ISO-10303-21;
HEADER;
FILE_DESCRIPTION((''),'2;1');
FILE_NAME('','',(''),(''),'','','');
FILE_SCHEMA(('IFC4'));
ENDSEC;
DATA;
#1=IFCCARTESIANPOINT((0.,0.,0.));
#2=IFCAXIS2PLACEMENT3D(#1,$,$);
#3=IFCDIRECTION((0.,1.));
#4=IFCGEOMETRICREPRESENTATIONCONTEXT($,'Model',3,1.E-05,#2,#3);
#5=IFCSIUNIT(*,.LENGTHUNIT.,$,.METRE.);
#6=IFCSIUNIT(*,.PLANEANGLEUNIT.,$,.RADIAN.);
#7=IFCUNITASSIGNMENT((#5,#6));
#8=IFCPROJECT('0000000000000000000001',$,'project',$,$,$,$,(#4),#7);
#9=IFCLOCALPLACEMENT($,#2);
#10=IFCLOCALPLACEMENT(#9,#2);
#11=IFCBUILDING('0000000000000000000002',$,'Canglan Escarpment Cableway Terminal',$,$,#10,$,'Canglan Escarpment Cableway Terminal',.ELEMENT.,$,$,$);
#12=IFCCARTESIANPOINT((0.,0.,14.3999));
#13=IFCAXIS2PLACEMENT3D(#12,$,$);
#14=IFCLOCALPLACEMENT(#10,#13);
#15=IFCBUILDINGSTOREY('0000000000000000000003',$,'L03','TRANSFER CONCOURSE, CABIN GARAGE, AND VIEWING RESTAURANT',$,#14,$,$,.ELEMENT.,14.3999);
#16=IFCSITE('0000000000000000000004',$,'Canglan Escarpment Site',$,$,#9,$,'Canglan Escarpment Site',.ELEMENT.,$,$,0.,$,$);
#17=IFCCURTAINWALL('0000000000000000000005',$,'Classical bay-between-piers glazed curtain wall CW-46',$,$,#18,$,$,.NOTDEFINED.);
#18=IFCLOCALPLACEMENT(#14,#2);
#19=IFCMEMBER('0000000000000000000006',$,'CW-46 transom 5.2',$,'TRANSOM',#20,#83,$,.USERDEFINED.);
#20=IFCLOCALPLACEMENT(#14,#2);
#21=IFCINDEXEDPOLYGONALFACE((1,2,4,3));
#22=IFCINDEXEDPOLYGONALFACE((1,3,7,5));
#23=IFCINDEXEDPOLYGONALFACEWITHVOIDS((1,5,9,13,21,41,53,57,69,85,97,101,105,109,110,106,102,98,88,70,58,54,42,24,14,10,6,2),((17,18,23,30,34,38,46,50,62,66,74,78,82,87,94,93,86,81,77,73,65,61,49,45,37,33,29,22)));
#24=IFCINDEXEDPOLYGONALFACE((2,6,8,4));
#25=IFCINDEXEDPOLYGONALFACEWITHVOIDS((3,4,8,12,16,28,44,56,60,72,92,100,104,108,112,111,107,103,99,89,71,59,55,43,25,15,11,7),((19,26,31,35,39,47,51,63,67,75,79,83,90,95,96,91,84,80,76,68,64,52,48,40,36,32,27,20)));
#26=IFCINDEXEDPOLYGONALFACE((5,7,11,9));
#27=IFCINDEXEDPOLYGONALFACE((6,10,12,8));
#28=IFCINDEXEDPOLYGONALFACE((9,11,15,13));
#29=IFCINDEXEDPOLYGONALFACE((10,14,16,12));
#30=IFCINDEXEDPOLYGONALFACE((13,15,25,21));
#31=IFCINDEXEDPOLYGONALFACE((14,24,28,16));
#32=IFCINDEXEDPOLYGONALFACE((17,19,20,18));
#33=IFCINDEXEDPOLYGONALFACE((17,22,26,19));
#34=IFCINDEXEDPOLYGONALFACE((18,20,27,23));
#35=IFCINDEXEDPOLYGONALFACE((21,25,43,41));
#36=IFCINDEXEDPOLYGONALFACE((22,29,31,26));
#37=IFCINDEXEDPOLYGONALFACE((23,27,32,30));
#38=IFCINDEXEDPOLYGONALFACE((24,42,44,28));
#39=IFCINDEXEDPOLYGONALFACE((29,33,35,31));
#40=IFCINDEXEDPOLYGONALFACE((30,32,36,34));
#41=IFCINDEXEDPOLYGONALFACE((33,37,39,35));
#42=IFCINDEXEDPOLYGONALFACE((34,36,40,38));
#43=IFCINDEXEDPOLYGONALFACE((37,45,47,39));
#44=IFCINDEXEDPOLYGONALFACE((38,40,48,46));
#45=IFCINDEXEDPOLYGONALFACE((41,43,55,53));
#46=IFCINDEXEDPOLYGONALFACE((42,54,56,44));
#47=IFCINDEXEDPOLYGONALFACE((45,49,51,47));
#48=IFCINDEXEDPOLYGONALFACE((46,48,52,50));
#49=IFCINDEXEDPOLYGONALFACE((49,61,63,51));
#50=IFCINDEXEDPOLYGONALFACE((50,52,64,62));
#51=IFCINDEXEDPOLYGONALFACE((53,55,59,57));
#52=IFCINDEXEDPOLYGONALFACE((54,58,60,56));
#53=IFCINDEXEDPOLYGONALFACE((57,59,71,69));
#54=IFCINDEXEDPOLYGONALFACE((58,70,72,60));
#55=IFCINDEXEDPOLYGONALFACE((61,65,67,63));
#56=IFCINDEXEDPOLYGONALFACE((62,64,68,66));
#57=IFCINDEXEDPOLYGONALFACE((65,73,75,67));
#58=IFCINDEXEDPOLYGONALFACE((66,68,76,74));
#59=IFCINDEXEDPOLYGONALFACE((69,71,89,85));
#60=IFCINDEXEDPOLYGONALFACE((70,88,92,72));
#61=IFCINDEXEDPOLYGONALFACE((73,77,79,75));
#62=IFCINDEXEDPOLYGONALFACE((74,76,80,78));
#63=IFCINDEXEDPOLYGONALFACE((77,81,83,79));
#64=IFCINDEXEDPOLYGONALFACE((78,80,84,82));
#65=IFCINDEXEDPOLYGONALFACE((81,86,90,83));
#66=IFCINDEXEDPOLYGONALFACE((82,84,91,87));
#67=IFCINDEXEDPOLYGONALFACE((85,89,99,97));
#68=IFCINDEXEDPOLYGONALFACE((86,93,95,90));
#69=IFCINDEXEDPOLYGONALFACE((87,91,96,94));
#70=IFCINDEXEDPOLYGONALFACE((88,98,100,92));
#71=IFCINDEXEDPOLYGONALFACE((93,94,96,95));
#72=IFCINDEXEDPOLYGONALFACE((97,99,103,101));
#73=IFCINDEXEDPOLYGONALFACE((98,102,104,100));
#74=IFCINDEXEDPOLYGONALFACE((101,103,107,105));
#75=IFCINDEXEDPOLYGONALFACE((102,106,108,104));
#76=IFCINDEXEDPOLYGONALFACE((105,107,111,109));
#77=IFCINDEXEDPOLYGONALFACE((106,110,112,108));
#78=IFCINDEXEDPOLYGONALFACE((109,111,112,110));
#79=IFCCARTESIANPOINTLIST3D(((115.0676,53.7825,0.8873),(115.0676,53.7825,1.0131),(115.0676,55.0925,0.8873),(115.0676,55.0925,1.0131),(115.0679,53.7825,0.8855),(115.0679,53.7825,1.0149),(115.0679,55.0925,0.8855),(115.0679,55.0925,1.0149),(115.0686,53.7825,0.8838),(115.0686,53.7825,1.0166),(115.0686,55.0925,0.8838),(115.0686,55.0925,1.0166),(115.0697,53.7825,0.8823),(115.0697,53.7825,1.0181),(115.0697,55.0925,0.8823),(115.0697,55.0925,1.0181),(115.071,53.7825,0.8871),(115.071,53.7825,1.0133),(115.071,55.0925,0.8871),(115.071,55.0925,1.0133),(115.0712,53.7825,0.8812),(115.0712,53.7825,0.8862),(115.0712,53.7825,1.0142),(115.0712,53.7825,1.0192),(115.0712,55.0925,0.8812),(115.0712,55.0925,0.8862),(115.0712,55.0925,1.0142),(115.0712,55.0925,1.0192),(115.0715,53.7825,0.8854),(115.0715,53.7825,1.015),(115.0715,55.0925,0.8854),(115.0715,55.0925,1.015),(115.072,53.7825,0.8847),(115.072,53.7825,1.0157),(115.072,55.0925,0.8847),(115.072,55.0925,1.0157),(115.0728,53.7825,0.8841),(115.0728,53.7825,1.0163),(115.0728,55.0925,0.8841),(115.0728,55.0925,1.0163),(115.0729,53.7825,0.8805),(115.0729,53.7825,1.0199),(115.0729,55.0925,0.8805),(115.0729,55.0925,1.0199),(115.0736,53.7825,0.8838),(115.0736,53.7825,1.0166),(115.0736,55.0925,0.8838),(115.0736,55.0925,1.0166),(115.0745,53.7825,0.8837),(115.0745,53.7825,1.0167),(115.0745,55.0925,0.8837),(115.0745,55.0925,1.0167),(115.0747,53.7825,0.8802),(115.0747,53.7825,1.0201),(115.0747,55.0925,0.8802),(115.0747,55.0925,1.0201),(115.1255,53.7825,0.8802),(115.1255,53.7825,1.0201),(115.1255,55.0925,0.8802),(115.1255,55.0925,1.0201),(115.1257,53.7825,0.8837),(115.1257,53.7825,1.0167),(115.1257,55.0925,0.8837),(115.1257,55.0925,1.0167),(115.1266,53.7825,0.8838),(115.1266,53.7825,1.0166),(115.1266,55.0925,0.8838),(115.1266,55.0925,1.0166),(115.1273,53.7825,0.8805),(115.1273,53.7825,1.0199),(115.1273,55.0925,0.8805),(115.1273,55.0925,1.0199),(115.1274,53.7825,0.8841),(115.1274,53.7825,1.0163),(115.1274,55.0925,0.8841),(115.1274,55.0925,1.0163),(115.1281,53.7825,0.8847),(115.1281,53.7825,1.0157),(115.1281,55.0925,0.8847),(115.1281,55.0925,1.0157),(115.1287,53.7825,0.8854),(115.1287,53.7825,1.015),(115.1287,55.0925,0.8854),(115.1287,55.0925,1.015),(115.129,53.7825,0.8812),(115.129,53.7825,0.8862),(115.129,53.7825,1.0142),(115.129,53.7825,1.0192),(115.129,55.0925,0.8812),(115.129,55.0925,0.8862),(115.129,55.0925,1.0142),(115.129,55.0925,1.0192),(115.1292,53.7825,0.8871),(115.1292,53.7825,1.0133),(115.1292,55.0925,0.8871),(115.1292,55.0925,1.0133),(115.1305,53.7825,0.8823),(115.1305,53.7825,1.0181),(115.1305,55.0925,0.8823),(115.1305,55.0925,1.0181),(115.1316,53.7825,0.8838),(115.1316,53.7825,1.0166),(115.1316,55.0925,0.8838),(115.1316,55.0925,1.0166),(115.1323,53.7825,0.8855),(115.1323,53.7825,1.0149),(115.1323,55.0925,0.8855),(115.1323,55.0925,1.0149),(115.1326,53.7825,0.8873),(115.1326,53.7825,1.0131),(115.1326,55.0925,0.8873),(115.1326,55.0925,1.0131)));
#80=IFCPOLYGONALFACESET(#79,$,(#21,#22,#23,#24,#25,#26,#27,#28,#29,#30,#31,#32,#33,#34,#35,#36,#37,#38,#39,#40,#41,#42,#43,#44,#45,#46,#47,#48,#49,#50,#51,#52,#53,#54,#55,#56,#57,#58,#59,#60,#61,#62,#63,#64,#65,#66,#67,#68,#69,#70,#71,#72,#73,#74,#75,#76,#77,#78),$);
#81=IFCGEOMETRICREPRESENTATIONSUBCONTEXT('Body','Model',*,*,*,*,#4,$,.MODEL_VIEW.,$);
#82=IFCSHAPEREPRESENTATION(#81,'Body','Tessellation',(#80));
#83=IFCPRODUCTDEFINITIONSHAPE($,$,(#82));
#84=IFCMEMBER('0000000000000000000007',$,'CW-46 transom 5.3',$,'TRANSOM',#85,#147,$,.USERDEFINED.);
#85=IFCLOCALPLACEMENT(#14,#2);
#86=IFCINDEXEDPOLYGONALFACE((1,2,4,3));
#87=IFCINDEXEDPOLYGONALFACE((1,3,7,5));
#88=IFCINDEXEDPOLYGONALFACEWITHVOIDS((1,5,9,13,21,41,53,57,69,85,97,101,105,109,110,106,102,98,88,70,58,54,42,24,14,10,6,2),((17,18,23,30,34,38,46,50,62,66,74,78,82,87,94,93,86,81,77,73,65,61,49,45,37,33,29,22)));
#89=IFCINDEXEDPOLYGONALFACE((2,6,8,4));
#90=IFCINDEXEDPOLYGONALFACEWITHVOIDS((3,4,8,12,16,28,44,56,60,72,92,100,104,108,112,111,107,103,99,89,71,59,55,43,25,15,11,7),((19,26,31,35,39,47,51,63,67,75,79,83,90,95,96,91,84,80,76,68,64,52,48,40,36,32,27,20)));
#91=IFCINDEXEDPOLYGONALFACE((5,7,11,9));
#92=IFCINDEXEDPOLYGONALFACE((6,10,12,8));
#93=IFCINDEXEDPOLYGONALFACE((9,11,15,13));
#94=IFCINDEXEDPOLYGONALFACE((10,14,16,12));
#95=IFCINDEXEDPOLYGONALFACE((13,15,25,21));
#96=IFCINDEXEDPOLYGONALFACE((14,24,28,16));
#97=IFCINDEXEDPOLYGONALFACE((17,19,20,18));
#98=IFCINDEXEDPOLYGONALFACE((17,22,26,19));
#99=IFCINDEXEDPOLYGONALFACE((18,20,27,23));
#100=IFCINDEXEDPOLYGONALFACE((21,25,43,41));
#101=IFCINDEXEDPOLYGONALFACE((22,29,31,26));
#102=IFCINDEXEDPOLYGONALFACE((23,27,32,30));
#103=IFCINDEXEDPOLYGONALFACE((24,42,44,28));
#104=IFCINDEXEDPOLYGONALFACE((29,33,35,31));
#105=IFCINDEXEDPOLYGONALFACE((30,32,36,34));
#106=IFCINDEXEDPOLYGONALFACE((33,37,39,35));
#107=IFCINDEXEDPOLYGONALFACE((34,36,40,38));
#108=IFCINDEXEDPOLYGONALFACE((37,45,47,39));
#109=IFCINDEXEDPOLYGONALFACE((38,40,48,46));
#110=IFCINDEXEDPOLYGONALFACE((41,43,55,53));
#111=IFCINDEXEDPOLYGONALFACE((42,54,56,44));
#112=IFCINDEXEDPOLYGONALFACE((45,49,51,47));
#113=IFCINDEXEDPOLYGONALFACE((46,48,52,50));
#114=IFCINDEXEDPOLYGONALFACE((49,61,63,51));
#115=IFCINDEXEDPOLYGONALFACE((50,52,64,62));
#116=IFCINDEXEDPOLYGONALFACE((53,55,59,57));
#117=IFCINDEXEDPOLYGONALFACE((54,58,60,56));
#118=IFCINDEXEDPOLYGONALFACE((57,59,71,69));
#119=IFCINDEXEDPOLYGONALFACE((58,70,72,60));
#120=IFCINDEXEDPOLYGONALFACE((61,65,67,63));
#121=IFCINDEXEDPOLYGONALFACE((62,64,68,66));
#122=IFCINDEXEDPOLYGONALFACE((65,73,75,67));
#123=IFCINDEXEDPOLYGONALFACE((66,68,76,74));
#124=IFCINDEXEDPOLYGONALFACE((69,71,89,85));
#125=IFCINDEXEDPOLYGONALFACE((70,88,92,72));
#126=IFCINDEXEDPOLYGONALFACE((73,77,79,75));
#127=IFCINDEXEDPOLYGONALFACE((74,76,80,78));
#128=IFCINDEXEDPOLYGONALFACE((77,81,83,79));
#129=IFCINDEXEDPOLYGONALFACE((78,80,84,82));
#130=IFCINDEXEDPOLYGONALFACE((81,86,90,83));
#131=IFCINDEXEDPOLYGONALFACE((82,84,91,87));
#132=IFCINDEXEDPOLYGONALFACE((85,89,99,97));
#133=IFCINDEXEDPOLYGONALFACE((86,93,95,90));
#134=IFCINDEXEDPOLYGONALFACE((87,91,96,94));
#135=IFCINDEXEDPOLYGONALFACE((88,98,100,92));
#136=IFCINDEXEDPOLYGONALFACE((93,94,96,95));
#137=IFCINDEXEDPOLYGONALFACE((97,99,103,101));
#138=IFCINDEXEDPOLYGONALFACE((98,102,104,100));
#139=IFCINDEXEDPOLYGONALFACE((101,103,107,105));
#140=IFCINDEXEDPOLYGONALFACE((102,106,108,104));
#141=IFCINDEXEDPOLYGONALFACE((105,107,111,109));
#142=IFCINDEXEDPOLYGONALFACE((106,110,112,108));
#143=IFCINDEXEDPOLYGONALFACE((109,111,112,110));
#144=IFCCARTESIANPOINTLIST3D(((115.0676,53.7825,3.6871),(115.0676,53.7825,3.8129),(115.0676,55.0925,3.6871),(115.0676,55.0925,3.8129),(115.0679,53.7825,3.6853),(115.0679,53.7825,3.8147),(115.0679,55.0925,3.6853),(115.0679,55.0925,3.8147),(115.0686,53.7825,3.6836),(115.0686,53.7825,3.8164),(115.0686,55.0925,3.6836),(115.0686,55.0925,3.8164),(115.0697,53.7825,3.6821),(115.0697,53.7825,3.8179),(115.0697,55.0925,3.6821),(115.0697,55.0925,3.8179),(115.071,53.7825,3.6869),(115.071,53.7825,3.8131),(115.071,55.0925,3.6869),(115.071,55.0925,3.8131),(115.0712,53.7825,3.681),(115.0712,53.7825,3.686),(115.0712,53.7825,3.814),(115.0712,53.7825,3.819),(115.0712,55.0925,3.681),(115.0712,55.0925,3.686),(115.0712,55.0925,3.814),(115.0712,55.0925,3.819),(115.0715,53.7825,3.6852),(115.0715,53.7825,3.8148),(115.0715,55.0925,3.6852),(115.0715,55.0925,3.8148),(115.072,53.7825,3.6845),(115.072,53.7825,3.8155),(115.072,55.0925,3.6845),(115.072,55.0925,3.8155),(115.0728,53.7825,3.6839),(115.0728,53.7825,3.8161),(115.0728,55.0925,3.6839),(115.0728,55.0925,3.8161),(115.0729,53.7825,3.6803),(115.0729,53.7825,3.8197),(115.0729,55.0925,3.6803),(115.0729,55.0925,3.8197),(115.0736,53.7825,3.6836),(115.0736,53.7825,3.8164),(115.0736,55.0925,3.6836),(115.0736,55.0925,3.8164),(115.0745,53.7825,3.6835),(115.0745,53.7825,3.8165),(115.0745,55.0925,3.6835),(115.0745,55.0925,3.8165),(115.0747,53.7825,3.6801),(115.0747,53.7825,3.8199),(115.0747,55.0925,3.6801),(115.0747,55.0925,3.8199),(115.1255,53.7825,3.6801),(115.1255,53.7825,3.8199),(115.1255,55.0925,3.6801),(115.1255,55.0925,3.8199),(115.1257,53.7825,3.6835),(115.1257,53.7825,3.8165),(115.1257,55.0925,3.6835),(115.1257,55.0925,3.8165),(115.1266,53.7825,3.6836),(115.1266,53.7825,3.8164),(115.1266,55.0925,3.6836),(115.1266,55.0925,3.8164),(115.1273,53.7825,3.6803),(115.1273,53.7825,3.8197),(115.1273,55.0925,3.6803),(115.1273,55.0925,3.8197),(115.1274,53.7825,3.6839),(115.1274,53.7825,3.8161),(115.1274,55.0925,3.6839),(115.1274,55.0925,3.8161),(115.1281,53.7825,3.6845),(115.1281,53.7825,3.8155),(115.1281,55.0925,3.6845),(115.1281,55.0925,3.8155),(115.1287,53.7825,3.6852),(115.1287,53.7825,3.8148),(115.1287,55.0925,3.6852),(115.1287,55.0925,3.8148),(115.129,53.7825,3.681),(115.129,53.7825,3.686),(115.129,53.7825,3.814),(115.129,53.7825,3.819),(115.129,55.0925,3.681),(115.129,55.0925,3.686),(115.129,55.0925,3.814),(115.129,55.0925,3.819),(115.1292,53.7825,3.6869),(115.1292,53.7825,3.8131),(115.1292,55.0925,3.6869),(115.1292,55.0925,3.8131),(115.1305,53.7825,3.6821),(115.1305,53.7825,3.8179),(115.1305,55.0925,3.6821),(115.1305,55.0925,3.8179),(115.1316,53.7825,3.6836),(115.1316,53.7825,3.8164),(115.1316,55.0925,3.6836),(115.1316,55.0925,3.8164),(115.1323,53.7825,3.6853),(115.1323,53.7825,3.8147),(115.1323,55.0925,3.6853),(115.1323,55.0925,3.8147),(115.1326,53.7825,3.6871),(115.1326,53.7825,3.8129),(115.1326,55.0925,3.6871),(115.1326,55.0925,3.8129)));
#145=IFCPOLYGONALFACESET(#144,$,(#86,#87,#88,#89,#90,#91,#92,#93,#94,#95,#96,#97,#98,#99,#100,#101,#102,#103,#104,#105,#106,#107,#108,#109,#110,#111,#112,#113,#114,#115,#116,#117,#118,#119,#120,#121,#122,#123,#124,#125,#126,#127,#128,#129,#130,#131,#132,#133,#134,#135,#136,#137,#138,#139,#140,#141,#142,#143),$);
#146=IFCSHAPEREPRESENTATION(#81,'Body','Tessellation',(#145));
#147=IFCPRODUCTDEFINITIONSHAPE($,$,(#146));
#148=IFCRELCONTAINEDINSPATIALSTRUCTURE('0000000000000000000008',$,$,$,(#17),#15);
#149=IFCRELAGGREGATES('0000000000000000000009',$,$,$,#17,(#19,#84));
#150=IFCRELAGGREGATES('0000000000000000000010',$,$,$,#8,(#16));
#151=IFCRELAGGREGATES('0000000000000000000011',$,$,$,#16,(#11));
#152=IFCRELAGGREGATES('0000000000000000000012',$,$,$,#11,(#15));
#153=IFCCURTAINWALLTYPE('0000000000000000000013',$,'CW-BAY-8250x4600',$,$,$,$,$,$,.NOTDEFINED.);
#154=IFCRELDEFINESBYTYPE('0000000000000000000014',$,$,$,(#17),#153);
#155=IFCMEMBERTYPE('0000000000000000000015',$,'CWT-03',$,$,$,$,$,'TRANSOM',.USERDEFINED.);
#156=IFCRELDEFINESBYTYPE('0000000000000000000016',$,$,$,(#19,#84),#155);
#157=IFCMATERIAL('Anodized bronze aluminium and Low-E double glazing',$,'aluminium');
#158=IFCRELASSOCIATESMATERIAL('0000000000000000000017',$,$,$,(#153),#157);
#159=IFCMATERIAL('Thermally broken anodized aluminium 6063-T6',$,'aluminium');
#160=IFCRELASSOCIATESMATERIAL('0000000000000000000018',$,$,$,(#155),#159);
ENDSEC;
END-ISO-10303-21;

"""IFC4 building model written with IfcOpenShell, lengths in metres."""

from ifc_helpers import new_model, si_unit, direction, frame, origin, origin_2d, place, context, subcontext, project, spatial, hollow_rectangle, extrude, material, material_profile, profile_set, type_object, element, aggregate, save


model = new_model("IFC4")

# Units and contexts
model_context = context("Model", 3, precision=1e-05, world=origin(), true_north=direction((0.0, 1.0)))
body_context = subcontext(model_context, "Body", "Model", "MODEL_VIEW")
ifc_project = project(units=[si_unit("LENGTHUNIT", "METRE"), si_unit("PLANEANGLEUNIT", "RADIAN")], contexts=[model_context])

# Site, building, storey
site_placement = place(None, origin())
site = spatial("IfcSite", under=ifc_project, at=site_placement, Name="Canglan Escarpment Site", LongName="Canglan Escarpment Site", CompositionType="ELEMENT", RefElevation=0.0)
building_placement = place(site_placement, origin())
building = spatial("IfcBuilding", under=site, at=building_placement, Name="Canglan Escarpment Cableway Terminal", LongName="Canglan Escarpment Cableway Terminal", CompositionType="ELEMENT")
storey_placement = place(building_placement, frame((0.0, 0.0, 14.3999)))
storey = spatial("IfcBuildingStorey", under=building, at=storey_placement, Name="L03", Description="TRANSFER CONCOURSE, CABIN GARAGE, AND VIEWING RESTAURANT", CompositionType="ELEMENT", Elevation=14.3999)

# Curtain wall, members
ifc_material_1 = material(Name="Anodized bronze aluminium and Low-E double glazing", Category="aluminium")
curtain_wall_type = type_object("IfcCurtainWallType", Name="CW-BAY-8250x4600", PredefinedType="NOTDEFINED", material=ifc_material_1)
curtain_wall_placement = place(storey_placement, origin())
curtain_wall = element("IfcCurtainWall", 1, at=curtain_wall_placement, inside=storey, type_object=curtain_wall_type, Name="Classical bay-between-piers glazed curtain wall CW-46", PredefinedType="NOTDEFINED")
ifc_material_2 = material(Name="Thermally broken anodized aluminium 6063-T6", Category="aluminium")
ifc_material_profile_1 = material_profile(ifc_material_2, hollow_rectangle(XDim=0.0649, YDim=0.1399, WallThickness=0.0034, InnerFilletRadius=0.0034, OuterFilletRadius=0.0071, at=origin_2d()), Name="ALU-TRAN 65x140x3.5")
ifc_profile_set_1 = profile_set([ifc_material_profile_1], Name="Thermally broken anodized aluminium 6063-T6")
member_type_1 = type_object("IfcMemberType", Name="CWT-03", ElementType="TRANSOM", PredefinedType="USERDEFINED", material=ifc_profile_set_1)
member_1_placement = place(storey_placement, frame((115.1001, 55.0925, 0.9502), z_axis=(0.0, -1.0, 0.0), x_axis=(1.0, 0.0, 0.0)))
member_1 = element("IfcMember", 2, at=member_1_placement, type_object=member_type_1, Name="CW-46 transom 5.2", ObjectType="TRANSOM", PredefinedType="USERDEFINED", context=body_context, shape_type="SweptSolid", body=[
    extrude(hollow_rectangle(XDim=0.0649, YDim=0.1399, WallThickness=0.0034, InnerFilletRadius=0.0034, OuterFilletRadius=0.0071, at=origin_2d()), origin(), (0.0, 0.0, 1.0), 1.3101),
])
member_2_placement = place(storey_placement, frame((115.1001, 55.0925, 3.75), z_axis=(0.0, -1.0, 0.0), x_axis=(1.0, 0.0, 0.0)))
member_2 = element("IfcMember", 3, at=member_2_placement, type_object=member_type_1, Name="CW-46 transom 5.3", ObjectType="TRANSOM", PredefinedType="USERDEFINED", context=body_context, shape_type="SweptSolid", body=[
    extrude(hollow_rectangle(XDim=0.0649, YDim=0.1399, WallThickness=0.0034, InnerFilletRadius=0.0034, OuterFilletRadius=0.0071, at=origin_2d()), origin(), (0.0, 0.0, 1.0), 1.3101),
])

aggregate(curtain_wall, [member_1, member_2])

save(model, "model.ifc")
